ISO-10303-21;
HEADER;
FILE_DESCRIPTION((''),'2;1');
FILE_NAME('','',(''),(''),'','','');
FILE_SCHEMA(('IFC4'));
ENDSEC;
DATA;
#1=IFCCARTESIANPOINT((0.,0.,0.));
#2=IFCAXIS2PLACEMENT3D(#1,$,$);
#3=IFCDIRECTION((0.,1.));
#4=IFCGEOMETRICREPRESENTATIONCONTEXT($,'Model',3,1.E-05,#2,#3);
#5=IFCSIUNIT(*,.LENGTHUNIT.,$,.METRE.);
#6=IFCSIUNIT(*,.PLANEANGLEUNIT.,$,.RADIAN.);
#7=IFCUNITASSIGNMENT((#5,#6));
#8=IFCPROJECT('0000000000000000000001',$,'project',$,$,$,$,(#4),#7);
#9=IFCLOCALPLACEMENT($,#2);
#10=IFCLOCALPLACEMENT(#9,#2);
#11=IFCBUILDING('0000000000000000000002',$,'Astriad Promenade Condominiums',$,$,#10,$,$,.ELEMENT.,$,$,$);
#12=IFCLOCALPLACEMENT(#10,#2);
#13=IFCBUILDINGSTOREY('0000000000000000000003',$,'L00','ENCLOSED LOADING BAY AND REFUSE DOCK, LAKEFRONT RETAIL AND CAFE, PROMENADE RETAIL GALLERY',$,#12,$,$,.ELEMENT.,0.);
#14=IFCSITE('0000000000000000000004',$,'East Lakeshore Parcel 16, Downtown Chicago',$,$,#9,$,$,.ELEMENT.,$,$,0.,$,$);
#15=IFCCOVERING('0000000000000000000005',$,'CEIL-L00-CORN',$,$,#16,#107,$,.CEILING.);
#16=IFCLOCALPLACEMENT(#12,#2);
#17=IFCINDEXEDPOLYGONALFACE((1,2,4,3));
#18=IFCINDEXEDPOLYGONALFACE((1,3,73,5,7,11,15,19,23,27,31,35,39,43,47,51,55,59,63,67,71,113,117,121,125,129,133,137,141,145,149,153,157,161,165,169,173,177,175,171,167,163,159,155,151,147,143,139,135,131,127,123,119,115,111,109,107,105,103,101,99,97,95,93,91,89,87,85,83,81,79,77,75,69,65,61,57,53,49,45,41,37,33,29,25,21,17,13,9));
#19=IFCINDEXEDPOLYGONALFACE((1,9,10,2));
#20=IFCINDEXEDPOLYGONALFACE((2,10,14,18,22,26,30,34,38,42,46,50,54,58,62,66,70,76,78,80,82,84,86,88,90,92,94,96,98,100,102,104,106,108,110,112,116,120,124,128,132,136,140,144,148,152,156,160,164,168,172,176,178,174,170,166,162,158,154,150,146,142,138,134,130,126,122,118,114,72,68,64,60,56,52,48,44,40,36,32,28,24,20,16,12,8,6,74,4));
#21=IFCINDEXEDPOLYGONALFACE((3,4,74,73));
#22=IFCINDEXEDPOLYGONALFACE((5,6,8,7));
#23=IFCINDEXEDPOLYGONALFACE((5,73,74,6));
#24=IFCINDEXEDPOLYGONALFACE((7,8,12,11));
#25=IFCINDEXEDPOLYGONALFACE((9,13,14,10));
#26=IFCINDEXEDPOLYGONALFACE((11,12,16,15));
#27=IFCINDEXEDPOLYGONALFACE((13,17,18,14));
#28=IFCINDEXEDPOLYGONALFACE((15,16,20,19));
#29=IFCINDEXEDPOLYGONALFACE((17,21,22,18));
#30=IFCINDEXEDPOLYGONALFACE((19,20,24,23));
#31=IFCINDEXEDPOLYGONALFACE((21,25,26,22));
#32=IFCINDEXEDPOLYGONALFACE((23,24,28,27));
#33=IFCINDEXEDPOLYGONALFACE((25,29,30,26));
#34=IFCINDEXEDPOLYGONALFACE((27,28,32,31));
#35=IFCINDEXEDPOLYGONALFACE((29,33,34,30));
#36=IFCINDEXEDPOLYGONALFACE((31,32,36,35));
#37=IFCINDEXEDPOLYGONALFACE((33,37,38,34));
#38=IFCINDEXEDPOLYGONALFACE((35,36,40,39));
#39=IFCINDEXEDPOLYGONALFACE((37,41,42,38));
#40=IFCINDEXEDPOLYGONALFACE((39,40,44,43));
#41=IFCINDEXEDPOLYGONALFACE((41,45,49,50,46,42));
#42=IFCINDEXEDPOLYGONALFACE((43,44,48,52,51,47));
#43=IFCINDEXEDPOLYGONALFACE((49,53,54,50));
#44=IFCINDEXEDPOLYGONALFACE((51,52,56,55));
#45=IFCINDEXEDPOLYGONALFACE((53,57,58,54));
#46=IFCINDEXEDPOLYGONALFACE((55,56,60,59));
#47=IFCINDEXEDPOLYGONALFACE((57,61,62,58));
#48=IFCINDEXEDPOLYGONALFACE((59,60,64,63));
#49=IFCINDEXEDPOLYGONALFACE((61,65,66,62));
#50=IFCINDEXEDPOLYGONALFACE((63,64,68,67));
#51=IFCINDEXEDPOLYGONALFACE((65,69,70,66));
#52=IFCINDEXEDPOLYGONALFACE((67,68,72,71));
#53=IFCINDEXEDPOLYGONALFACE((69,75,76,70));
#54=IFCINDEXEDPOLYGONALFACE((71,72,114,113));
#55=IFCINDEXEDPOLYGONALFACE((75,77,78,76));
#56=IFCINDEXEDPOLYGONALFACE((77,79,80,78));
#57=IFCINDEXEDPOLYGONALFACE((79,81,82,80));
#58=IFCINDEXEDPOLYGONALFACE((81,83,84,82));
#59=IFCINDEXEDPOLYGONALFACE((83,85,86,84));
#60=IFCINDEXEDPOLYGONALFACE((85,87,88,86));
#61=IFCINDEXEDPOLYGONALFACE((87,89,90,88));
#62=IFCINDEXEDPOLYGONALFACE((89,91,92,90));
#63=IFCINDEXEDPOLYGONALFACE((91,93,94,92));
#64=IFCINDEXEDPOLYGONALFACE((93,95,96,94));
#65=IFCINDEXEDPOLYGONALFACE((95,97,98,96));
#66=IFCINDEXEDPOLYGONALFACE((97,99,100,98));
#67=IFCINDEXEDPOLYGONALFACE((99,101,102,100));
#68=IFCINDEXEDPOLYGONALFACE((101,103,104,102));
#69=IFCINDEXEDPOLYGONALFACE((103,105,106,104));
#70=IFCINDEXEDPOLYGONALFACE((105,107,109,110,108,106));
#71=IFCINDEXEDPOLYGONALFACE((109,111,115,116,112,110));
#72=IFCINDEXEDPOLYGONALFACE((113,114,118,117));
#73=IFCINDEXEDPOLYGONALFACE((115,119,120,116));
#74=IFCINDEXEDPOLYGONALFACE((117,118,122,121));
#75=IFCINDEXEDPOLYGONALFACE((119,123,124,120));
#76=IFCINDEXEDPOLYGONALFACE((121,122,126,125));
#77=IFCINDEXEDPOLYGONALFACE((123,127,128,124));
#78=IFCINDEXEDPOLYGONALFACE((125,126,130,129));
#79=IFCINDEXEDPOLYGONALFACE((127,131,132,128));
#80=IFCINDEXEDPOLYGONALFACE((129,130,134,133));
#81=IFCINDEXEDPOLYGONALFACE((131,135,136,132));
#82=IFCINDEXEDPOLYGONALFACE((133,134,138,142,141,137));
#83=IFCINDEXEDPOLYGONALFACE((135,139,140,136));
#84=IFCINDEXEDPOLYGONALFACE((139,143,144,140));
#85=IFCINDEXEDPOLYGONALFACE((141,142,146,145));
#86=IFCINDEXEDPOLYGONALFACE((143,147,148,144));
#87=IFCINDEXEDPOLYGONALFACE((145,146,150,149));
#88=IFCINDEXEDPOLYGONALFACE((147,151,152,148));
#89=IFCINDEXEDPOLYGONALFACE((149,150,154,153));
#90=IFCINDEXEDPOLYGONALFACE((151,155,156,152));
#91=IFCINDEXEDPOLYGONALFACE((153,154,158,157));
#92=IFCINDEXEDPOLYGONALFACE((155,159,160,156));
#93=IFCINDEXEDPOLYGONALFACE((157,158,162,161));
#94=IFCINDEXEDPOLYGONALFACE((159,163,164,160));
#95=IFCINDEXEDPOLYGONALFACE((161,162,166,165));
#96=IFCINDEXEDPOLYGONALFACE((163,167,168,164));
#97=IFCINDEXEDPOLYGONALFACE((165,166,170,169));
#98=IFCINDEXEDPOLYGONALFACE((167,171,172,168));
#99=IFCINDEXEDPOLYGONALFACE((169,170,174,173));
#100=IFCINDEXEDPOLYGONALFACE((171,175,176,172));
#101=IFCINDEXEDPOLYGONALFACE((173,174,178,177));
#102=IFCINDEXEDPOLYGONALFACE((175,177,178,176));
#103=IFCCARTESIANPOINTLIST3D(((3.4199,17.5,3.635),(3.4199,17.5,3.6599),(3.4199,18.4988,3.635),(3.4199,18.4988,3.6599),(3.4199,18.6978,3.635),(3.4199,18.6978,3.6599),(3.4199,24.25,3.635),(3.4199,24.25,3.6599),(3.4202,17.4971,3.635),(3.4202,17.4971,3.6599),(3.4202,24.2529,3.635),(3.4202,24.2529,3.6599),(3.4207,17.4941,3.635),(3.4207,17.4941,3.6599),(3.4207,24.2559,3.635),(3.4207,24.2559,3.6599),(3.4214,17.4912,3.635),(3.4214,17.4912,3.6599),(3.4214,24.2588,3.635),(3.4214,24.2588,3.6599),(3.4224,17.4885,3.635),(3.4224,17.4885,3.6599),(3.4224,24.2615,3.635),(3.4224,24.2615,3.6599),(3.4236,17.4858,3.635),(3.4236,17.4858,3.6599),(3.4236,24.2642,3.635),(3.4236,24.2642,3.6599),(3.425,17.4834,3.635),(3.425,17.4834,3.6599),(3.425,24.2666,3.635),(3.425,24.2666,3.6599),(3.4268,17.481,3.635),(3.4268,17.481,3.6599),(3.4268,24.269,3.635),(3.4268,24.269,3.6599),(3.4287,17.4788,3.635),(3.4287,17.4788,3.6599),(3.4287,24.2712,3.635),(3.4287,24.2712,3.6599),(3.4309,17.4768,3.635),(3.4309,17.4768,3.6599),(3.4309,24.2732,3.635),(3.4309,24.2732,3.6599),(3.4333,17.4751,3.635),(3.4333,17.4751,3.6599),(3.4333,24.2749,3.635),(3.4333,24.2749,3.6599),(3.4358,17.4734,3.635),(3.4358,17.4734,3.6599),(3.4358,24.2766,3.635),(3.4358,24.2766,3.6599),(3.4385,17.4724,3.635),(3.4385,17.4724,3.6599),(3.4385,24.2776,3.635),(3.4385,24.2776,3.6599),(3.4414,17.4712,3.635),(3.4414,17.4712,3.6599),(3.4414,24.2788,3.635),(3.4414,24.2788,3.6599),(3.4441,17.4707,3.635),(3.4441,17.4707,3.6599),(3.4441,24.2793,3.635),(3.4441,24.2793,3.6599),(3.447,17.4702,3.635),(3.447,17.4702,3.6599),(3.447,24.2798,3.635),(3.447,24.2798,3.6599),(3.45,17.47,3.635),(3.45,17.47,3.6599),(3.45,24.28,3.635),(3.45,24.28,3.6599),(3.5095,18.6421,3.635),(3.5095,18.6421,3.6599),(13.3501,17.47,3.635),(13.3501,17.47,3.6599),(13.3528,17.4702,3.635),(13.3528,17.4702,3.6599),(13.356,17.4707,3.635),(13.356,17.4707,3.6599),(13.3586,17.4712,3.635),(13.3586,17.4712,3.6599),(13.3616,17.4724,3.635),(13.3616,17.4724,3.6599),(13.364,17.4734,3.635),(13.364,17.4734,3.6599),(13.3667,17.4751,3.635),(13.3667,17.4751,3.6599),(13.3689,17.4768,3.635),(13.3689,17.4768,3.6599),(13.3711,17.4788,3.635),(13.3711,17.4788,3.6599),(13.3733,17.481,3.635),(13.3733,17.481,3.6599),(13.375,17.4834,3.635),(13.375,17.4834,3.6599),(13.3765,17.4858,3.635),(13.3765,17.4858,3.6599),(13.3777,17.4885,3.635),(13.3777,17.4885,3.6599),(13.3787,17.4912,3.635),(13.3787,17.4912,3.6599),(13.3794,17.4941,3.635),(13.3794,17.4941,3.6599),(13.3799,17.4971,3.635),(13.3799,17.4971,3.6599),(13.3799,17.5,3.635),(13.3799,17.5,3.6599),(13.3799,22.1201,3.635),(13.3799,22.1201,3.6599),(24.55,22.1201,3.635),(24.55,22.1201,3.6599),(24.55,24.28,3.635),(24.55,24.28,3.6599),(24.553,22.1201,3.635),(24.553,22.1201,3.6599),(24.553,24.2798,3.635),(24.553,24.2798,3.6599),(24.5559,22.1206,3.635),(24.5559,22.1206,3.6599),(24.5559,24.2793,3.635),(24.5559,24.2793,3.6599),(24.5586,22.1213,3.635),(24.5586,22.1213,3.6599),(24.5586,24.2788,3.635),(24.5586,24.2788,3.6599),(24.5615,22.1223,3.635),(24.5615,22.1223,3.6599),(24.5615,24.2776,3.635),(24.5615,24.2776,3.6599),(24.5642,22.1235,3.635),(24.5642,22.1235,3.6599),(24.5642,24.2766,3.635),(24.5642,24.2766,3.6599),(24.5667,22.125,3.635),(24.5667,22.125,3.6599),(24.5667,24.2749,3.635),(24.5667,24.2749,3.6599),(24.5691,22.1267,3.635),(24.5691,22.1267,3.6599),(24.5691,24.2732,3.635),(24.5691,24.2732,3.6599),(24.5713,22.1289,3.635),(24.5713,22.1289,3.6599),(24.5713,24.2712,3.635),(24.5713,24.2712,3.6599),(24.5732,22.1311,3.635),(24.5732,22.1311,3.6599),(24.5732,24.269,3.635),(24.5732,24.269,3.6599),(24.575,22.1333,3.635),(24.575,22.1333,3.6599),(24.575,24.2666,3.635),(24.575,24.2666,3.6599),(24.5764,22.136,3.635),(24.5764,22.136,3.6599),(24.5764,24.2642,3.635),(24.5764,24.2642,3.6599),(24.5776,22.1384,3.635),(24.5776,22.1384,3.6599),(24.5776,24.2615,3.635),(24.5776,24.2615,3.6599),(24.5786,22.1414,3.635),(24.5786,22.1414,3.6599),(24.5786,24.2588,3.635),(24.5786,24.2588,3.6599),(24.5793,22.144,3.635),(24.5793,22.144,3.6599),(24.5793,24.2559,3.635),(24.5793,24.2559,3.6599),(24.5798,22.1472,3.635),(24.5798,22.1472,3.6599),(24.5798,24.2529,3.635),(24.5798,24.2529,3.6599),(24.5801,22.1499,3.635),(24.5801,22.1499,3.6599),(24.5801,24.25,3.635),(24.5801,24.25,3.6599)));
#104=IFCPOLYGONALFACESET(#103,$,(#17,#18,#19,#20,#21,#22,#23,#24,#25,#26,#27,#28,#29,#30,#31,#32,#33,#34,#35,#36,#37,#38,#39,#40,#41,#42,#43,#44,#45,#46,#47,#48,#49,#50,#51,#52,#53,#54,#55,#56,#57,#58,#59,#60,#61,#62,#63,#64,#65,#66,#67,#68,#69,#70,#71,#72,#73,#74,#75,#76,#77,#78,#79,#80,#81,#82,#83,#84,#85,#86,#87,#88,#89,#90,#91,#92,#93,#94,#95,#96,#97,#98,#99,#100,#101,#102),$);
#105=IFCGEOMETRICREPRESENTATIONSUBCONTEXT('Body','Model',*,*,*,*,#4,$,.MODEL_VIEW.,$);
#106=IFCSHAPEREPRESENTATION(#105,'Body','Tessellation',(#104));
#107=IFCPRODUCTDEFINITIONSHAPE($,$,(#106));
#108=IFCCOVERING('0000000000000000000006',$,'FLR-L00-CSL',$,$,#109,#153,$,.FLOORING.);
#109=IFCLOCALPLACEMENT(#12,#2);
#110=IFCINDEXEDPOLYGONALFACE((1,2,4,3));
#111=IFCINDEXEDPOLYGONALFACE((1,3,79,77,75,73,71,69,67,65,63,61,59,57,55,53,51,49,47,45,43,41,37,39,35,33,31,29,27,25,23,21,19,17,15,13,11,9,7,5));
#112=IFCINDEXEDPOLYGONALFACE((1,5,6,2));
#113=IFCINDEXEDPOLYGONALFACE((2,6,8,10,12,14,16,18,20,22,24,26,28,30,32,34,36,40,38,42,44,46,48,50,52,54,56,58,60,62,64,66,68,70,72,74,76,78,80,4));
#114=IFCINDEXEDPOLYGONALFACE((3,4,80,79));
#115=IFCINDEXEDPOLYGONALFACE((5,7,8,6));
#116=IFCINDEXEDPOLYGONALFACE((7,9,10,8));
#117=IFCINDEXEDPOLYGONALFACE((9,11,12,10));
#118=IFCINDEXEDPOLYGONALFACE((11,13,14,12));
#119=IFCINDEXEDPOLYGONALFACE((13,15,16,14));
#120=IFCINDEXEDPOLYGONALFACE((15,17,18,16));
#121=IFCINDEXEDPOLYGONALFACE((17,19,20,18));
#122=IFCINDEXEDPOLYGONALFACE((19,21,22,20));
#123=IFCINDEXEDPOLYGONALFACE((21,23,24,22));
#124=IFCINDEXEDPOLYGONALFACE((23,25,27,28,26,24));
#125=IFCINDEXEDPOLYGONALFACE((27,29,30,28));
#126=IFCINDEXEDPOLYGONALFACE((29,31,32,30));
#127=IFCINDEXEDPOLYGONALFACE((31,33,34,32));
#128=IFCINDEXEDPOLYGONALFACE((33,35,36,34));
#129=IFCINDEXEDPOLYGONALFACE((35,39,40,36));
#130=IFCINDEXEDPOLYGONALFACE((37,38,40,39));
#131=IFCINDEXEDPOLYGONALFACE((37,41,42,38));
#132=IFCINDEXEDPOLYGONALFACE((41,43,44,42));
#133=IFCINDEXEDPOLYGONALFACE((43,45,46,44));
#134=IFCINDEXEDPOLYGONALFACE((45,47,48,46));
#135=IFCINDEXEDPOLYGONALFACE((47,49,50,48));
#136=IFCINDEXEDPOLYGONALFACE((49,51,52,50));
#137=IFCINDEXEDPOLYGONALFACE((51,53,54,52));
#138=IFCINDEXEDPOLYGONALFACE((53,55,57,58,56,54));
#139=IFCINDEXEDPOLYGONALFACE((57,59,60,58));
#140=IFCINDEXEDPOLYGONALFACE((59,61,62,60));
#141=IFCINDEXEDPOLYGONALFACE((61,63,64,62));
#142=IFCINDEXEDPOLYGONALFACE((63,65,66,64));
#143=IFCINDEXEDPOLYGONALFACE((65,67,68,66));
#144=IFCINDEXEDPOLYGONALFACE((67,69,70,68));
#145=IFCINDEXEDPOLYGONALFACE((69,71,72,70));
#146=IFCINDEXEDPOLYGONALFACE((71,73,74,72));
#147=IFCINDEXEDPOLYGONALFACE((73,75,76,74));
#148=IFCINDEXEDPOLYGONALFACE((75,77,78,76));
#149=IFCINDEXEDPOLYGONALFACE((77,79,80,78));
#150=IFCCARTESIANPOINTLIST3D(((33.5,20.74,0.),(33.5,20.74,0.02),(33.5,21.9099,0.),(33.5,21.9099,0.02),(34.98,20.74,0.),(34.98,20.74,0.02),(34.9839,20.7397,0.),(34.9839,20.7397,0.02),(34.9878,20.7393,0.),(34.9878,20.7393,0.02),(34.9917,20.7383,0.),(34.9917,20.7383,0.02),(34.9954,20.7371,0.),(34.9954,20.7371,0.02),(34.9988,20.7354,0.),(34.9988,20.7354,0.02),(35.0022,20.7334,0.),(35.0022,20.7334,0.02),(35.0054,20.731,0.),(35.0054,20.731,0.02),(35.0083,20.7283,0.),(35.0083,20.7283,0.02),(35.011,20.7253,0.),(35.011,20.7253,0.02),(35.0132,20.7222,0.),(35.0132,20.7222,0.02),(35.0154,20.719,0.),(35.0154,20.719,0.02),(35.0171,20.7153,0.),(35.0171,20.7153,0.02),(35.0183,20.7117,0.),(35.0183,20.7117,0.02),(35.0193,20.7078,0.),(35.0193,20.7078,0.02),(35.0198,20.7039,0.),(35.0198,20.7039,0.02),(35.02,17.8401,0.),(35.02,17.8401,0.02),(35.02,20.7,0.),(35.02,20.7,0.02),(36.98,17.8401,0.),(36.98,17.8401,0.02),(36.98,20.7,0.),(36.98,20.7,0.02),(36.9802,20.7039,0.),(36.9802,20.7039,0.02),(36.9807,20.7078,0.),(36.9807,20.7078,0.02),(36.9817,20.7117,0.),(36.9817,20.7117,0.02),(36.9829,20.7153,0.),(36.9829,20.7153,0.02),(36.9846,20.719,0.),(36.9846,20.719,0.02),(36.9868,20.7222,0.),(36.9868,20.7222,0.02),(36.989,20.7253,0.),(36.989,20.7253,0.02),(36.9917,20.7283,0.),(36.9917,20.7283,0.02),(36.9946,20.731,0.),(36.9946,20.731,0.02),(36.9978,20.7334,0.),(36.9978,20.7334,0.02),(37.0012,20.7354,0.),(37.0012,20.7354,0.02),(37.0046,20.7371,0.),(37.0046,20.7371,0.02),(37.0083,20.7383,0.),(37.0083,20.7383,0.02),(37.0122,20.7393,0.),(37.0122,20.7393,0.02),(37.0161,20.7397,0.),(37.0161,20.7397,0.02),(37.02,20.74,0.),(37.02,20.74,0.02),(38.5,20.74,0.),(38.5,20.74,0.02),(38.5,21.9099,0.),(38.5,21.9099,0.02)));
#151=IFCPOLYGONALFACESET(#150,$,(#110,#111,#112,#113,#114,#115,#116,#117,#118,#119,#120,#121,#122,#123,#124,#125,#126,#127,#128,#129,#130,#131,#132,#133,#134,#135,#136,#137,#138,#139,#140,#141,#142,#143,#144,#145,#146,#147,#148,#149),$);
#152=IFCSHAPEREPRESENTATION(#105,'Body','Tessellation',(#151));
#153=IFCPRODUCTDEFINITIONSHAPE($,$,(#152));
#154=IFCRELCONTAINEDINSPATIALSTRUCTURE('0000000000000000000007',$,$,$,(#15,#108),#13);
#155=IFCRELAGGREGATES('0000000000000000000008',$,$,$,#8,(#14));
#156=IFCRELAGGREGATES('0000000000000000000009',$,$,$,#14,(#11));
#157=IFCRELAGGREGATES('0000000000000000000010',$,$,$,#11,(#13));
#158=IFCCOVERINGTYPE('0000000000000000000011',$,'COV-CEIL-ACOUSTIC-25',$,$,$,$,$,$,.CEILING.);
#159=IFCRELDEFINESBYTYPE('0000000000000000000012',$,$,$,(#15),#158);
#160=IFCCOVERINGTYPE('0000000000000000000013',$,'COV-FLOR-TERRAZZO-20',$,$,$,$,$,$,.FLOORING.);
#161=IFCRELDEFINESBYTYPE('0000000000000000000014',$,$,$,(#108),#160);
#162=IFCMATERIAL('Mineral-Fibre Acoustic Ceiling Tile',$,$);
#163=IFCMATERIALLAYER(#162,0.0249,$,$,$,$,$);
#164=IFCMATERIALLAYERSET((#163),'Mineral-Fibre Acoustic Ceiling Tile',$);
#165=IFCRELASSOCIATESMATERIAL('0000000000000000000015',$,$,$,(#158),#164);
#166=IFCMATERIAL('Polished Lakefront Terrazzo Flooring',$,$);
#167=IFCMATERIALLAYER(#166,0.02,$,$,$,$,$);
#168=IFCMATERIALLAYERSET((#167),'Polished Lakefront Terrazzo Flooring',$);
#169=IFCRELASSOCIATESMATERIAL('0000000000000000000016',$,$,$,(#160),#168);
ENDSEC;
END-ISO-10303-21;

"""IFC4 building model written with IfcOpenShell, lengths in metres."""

from ifc_helpers import new_model, si_unit, direction, frame, origin, place, context, subcontext, project, spatial, polyline, outline, extrude, material, layer, layer_set, type_object, element, save


model = new_model("IFC4")

# Units and contexts
model_context = context("Model", 3, precision=1e-05, world=origin(), true_north=direction((0.0, 1.0)))
body_context = subcontext(model_context, "Body", "Model", "MODEL_VIEW")
ifc_project = project(units=[si_unit("LENGTHUNIT", "METRE"), si_unit("PLANEANGLEUNIT", "RADIAN")], contexts=[model_context])

# Site, building, storey
site_placement = place(None, origin())
site = spatial("IfcSite", under=ifc_project, at=site_placement, Name="East Lakeshore Parcel 16, Downtown Chicago", CompositionType="ELEMENT", RefElevation=0.0)
building_placement = place(site_placement, origin())
building = spatial("IfcBuilding", under=site, at=building_placement, Name="Astriad Promenade Condominiums", CompositionType="ELEMENT")
storey_placement = place(building_placement, origin())
storey = spatial("IfcBuildingStorey", under=building, at=storey_placement, Name="L00", Description="ENCLOSED LOADING BAY AND REFUSE DOCK, LAKEFRONT RETAIL AND CAFE, PROMENADE RETAIL GALLERY", CompositionType="ELEMENT", Elevation=0.0)

# Coverings
ifc_material_1 = material(Name="Mineral-Fibre Acoustic Ceiling Tile")
ifc_layer_1 = layer(ifc_material_1, 0.0249)
ifc_layer_set_1 = layer_set([ifc_layer_1], Name="Mineral-Fibre Acoustic Ceiling Tile")
covering_type_1 = type_object("IfcCoveringType", Name="COV-CEIL-ACOUSTIC-25", PredefinedType="CEILING", material=ifc_layer_set_1)
covering_1_placement = place(storey_placement, frame((0.0, 0.0, 3.635)))
element("IfcCovering", 1, at=covering_1_placement, inside=storey, type_object=covering_type_1, Name="CEIL-L00-CORN", PredefinedType="CEILING", context=body_context, shape_type="SweptSolid", body=[
    extrude(outline(polyline([(3.4202, 24.2529), (3.4207, 24.2559), (3.4214, 24.2588), (3.4224, 24.2615), (3.4236, 24.2642), (3.425, 24.2666), (3.4268, 24.269), (3.4287, 24.2712), (3.4309, 24.2732), (3.4333, 24.2749), (3.4358, 24.2766), (3.4385, 24.2776), (3.4414, 24.2788), (3.4441, 24.2793), (3.447, 24.2798), (3.45, 24.28), (24.55, 24.28), (24.553, 24.2798), (24.5559, 24.2793), (24.5586, 24.2788), (24.5615, 24.2776), (24.5642, 24.2766), (24.5667, 24.2749), (24.5691, 24.2732), (24.5713, 24.2712), (24.5732, 24.269), (24.575, 24.2666), (24.5764, 24.2642), (24.5776, 24.2615), (24.5786, 24.2588), (24.5793, 24.2559), (24.5798, 24.2529), (24.5801, 24.25), (24.5801, 22.1499), (24.5798, 22.1472), (24.5793, 22.144), (24.5786, 22.1414), (24.5776, 22.1384), (24.5764, 22.136), (24.575, 22.1333), (24.5732, 22.1311), (24.5713, 22.1289), (24.5691, 22.1267), (24.5667, 22.125), (24.5642, 22.1235), (24.5615, 22.1223), (24.5586, 22.1213), (24.5559, 22.1206), (24.553, 22.1201), (24.55, 22.1201), (13.3799, 22.1201), (13.3799, 17.5), (13.3799, 17.4971), (13.3794, 17.4941), (13.3787, 17.4912), (13.3777, 17.4885), (13.3765, 17.4858), (13.375, 17.4834), (13.3733, 17.481), (13.3711, 17.4788), (13.3689, 17.4768), (13.3667, 17.4751), (13.364, 17.4734), (13.3616, 17.4724), (13.3586, 17.4712), (13.356, 17.4707), (13.3528, 17.4702), (13.3501, 17.47), (3.45, 17.47), (3.447, 17.4702), (3.4441, 17.4707), (3.4414, 17.4712), (3.4385, 17.4724), (3.4358, 17.4734), (3.4333, 17.4751), (3.4309, 17.4768), (3.4287, 17.4788), (3.4268, 17.481), (3.425, 17.4834), (3.4236, 17.4858), (3.4224, 17.4885), (3.4214, 17.4912), (3.4207, 17.4941), (3.4202, 17.4971), (3.4199, 17.5), (3.4199, 18.4988), (3.5095, 18.6421), (3.4199, 18.6978), (3.4199, 24.25), (3.4202, 24.2529)])), origin(), (0.0, 0.0, 1.0), 0.0249),
])
ifc_material_2 = material(Name="Polished Lakefront Terrazzo Flooring")
ifc_layer_2 = layer(ifc_material_2, 0.02)
ifc_layer_set_2 = layer_set([ifc_layer_2], Name="Polished Lakefront Terrazzo Flooring")
covering_type_2 = type_object("IfcCoveringType", Name="COV-FLOR-TERRAZZO-20", PredefinedType="FLOORING", material=ifc_layer_set_2)
covering_2_placement = place(storey_placement, origin())
element("IfcCovering", 2, at=covering_2_placement, inside=storey, type_object=covering_type_2, Name="FLR-L00-CSL", PredefinedType="FLOORING", context=body_context, shape_type="SweptSolid", body=[
    extrude(outline(polyline([(36.98, 20.7), (36.98, 17.8401), (35.02, 17.8401), (35.02, 20.7), (35.0198, 20.7039), (35.0193, 20.7078), (35.0183, 20.7117), (35.0171, 20.7153), (35.0154, 20.719), (35.0132, 20.7222), (35.011, 20.7253), (35.0083, 20.7283), (35.0054, 20.731), (35.0022, 20.7334), (34.9988, 20.7354), (34.9954, 20.7371), (34.9917, 20.7383), (34.9878, 20.7393), (34.9839, 20.7397), (34.98, 20.74), (33.5, 20.74), (33.5, 21.9099), (38.5, 21.9099), (38.5, 20.74), (37.02, 20.74), (37.0161, 20.7397), (37.0122, 20.7393), (37.0083, 20.7383), (37.0046, 20.7371), (37.0012, 20.7354), (36.9978, 20.7334), (36.9946, 20.731), (36.9917, 20.7283), (36.989, 20.7253), (36.9868, 20.7222), (36.9846, 20.719), (36.9829, 20.7153), (36.9817, 20.7117), (36.9807, 20.7078), (36.9802, 20.7039), (36.98, 20.7)])), origin(), (0.0, 0.0, 1.0), 0.02),
])

save(model, "model.ifc")
